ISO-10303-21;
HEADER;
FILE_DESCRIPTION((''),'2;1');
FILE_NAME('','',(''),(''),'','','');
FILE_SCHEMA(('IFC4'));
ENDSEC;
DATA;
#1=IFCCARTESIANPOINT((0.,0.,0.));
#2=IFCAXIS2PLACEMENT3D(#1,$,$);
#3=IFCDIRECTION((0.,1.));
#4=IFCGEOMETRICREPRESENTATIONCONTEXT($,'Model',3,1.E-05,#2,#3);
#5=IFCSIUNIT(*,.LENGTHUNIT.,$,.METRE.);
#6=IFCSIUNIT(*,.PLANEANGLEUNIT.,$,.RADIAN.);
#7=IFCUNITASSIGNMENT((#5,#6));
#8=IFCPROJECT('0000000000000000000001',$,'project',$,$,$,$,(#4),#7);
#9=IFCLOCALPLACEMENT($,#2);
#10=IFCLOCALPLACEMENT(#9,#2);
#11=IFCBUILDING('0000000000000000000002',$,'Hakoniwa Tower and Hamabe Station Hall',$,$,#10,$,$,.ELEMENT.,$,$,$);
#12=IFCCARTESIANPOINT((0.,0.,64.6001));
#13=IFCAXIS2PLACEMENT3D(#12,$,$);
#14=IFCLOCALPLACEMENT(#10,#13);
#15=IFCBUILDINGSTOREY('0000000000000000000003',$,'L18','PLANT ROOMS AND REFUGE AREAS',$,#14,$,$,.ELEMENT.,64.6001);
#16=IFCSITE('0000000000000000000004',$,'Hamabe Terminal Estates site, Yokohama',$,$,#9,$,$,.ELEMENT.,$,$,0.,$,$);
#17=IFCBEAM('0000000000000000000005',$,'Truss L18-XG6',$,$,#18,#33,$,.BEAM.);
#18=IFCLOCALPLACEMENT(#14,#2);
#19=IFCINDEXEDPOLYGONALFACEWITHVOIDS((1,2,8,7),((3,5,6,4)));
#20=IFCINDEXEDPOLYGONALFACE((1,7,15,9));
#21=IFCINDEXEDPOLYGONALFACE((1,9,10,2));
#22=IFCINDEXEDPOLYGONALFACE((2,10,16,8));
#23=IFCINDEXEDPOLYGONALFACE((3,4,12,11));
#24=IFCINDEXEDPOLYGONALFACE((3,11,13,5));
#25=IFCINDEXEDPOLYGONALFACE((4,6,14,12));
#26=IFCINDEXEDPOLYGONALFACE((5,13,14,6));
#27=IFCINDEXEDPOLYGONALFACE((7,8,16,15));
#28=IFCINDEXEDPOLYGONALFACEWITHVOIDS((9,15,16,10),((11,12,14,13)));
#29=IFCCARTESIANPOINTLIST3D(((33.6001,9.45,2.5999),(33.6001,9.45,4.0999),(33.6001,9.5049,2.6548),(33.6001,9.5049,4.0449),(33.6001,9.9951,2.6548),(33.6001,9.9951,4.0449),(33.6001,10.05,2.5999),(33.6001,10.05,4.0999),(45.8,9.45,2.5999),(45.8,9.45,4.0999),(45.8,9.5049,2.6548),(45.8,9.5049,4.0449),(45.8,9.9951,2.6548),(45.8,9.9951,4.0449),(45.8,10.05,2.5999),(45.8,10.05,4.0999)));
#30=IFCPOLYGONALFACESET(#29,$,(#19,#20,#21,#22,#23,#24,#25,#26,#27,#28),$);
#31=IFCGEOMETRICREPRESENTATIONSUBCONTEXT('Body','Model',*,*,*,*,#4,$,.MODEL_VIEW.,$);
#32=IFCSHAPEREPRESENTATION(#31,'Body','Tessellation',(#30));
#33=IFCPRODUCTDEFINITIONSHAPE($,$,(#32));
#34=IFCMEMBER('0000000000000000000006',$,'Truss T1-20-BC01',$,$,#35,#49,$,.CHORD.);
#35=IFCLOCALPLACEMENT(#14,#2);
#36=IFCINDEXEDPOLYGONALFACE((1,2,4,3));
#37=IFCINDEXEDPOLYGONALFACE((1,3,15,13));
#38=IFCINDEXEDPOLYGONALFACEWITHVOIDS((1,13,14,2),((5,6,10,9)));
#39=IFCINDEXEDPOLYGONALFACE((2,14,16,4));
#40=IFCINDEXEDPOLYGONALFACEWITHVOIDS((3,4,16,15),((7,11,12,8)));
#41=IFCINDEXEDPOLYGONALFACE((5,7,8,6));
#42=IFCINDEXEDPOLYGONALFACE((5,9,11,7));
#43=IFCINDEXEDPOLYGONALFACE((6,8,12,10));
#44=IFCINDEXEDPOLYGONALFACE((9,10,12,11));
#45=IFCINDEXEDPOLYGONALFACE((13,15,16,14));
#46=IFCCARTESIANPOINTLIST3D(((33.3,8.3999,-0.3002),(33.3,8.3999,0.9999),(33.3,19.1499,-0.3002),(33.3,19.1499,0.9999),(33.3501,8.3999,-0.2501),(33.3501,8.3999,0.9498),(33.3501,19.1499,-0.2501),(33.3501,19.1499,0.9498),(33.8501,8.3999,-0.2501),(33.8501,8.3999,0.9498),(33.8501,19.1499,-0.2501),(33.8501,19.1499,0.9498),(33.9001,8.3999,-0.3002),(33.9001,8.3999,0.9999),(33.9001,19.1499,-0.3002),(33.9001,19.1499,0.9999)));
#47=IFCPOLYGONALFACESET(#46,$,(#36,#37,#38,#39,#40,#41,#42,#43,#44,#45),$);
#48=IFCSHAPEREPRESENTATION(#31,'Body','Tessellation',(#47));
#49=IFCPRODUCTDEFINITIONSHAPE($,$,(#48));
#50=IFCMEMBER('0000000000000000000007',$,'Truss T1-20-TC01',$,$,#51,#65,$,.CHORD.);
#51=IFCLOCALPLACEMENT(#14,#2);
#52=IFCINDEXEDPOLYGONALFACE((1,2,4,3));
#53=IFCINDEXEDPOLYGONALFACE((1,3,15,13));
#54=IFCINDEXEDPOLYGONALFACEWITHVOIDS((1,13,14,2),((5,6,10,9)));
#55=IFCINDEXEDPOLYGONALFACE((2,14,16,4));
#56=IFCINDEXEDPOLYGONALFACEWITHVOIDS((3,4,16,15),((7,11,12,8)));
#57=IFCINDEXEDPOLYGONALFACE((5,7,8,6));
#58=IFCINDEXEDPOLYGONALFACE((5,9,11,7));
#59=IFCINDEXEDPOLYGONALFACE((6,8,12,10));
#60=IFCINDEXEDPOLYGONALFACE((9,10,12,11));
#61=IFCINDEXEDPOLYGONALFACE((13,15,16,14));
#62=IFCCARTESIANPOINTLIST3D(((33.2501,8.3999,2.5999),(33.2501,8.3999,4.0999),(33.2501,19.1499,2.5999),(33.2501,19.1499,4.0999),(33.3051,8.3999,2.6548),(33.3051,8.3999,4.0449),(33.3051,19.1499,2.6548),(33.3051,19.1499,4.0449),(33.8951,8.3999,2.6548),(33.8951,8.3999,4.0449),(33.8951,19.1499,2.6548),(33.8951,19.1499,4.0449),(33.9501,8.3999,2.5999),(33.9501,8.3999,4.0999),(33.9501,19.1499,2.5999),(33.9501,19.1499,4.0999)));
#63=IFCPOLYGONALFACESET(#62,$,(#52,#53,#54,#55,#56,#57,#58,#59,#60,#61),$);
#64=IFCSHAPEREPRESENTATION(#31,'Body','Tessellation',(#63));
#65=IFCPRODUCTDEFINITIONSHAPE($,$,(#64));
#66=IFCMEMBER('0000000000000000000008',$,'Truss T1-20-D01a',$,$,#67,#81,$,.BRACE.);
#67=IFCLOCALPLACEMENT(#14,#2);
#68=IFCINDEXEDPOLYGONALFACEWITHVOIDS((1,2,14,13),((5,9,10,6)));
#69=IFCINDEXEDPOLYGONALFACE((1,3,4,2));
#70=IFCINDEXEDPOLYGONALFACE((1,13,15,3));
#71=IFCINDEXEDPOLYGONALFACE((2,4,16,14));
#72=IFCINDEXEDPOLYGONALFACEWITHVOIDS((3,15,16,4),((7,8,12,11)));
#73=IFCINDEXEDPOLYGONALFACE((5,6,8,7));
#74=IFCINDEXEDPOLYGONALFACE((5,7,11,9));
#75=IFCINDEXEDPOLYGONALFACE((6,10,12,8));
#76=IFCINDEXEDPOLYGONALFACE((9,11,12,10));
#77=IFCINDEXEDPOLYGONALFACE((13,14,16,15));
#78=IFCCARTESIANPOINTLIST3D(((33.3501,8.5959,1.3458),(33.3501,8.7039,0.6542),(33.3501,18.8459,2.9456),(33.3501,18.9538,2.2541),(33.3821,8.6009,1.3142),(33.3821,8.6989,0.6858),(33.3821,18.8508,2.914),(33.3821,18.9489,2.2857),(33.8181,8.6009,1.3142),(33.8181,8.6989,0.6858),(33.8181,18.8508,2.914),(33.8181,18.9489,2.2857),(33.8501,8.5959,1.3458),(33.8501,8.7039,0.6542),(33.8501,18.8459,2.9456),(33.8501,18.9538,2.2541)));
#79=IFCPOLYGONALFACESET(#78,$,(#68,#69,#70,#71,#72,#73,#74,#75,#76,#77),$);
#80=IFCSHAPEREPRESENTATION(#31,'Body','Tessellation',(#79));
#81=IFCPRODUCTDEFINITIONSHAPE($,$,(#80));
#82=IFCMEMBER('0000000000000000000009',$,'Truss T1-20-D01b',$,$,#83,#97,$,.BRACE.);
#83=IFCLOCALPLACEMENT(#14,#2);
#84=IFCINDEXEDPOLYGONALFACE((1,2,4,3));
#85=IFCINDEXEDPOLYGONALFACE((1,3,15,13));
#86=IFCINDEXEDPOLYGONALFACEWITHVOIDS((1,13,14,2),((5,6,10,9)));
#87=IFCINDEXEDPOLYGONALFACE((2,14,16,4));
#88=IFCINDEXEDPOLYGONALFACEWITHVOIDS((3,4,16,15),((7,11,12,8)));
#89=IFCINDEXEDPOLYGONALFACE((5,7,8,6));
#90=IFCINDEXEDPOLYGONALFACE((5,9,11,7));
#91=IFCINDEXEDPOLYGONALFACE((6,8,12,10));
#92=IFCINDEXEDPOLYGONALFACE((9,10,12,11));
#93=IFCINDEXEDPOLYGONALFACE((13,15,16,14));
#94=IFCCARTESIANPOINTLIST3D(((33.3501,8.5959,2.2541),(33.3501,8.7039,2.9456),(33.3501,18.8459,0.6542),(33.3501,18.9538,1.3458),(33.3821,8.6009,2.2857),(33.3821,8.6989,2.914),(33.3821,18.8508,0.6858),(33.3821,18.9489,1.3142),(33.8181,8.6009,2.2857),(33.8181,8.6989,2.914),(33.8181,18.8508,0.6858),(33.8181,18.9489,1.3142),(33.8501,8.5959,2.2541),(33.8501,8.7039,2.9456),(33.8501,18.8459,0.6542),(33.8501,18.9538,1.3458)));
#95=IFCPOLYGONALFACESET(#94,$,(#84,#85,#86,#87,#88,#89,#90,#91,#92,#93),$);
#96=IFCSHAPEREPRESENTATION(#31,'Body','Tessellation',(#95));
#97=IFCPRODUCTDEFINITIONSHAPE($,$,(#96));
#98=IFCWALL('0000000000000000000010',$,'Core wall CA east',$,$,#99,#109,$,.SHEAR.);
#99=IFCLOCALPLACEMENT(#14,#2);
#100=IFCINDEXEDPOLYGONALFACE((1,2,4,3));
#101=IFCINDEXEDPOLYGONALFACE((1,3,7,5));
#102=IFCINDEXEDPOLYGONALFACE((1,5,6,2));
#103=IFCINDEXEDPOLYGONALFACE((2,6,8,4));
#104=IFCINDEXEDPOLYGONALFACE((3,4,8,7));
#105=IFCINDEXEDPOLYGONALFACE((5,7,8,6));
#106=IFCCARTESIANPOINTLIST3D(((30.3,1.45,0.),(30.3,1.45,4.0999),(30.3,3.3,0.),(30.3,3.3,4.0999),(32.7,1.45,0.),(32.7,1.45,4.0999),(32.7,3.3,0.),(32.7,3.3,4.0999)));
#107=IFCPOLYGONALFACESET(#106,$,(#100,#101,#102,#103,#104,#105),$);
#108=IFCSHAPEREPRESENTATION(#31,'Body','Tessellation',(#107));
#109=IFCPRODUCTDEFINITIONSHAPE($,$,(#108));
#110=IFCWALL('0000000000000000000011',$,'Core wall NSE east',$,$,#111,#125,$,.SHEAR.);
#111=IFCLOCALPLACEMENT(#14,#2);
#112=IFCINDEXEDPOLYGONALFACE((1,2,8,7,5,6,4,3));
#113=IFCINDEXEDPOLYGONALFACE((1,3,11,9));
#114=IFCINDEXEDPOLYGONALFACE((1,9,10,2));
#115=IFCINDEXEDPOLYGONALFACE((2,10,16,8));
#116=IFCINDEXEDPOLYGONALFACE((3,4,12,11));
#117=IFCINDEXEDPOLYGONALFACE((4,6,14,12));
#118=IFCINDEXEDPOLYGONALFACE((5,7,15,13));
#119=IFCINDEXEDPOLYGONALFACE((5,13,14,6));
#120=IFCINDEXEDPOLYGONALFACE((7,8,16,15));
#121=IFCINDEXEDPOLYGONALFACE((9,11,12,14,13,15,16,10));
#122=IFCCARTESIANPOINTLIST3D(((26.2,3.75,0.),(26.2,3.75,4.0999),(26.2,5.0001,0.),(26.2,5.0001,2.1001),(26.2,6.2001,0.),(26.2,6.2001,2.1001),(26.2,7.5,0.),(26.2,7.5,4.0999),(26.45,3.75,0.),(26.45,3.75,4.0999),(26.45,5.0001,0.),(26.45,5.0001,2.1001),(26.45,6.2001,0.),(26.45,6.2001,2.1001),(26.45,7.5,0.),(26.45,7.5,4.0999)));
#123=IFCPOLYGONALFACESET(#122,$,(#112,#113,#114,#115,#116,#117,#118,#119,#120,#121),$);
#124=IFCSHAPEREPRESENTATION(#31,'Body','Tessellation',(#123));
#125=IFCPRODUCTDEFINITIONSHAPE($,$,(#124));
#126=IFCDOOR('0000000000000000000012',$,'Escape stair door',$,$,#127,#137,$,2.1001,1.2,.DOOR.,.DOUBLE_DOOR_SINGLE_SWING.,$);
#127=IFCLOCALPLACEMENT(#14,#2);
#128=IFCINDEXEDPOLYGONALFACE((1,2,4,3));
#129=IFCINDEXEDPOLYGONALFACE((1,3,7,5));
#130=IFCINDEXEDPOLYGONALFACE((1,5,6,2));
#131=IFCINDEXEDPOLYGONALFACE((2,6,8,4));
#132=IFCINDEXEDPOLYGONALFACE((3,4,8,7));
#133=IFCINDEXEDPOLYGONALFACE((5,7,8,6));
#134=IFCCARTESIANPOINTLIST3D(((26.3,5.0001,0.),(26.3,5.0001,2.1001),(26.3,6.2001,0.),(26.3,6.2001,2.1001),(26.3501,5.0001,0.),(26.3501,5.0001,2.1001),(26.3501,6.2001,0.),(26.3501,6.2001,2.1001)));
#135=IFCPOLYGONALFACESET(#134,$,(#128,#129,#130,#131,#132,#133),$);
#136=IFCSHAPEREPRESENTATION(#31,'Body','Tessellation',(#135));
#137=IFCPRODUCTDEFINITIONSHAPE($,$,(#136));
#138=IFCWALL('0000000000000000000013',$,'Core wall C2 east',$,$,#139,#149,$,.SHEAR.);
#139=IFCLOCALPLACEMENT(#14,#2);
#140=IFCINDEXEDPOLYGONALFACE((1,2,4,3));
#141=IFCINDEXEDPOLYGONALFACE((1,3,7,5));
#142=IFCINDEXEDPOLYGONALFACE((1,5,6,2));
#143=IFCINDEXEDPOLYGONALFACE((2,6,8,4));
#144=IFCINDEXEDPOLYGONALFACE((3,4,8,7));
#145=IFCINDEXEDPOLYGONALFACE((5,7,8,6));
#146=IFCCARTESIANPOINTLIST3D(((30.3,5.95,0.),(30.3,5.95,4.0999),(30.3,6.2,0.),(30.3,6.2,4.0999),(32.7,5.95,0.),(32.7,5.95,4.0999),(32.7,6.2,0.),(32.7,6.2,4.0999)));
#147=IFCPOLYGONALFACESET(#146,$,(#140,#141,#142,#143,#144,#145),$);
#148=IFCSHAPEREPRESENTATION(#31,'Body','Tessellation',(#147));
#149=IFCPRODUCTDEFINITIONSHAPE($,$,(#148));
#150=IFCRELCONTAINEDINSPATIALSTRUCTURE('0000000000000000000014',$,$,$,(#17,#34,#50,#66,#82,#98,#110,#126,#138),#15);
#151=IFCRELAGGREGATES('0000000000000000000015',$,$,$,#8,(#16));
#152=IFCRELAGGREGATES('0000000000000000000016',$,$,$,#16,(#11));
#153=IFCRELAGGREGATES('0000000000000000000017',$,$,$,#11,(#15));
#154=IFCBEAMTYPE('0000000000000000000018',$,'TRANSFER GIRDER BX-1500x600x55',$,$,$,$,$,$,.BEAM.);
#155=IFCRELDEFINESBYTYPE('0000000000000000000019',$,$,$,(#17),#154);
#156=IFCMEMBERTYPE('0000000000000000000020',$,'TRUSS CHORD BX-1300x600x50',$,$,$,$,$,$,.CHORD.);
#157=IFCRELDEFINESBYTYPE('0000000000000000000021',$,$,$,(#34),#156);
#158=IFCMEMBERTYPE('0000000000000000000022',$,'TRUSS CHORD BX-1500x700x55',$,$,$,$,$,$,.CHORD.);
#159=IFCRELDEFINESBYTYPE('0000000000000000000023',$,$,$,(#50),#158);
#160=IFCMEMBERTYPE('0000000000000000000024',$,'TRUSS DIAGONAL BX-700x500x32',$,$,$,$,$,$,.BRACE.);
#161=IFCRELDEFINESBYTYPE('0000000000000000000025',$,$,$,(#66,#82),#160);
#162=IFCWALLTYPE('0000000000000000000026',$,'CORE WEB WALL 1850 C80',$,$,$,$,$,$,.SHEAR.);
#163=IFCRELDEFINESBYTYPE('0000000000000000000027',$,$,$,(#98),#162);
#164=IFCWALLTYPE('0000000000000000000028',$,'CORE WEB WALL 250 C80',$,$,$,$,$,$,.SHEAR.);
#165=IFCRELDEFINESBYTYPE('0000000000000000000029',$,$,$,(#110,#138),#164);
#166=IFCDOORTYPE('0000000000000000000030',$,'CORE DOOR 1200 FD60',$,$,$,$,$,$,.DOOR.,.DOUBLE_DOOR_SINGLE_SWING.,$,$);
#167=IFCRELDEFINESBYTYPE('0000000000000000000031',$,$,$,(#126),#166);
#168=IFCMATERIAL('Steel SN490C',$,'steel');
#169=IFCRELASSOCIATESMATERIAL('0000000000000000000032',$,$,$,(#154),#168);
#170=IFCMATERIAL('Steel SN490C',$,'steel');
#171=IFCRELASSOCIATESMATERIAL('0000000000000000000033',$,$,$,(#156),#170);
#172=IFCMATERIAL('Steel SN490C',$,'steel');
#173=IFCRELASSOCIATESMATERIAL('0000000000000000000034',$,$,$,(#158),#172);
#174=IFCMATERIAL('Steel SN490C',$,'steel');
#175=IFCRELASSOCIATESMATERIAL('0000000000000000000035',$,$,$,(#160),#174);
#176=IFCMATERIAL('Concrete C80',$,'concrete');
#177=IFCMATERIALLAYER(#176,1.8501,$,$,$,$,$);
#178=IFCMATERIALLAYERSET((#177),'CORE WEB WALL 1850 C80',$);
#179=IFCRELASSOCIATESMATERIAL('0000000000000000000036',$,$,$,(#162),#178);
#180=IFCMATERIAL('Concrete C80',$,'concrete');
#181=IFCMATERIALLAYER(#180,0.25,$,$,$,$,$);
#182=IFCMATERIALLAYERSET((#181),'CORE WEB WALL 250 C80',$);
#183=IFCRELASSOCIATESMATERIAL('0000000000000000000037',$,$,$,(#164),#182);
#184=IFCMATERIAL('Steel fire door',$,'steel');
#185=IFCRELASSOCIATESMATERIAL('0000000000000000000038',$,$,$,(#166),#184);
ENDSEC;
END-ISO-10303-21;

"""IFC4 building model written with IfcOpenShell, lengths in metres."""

from ifc_helpers import new_model, si_unit, direction, frame, frame_2d, origin, origin_2d, place, context, subcontext, project, spatial, rectangle, hollow_rectangle, extrude, material, layer, layer_set, material_profile, profile_set, type_object, element, fill, save


model = new_model("IFC4")

# Units and contexts
model_context = context("Model", 3, precision=1e-05, world=origin(), true_north=direction((0.0, 1.0)))
body_context = subcontext(model_context, "Body", "Model", "MODEL_VIEW")
ifc_project = project(units=[si_unit("LENGTHUNIT", "METRE"), si_unit("PLANEANGLEUNIT", "RADIAN")], contexts=[model_context])

# Site, building, storey
site_placement = place(None, origin())
site = spatial("IfcSite", under=ifc_project, at=site_placement, Name="Hamabe Terminal Estates site, Yokohama", CompositionType="ELEMENT", RefElevation=0.0)
building_placement = place(site_placement, origin())
building = spatial("IfcBuilding", under=site, at=building_placement, Name="Hakoniwa Tower and Hamabe Station Hall", CompositionType="ELEMENT")
storey_placement = place(building_placement, frame((0.0, 0.0, 64.6001)))
storey = spatial("IfcBuildingStorey", under=building, at=storey_placement, Name="L18", Description="PLANT ROOMS AND REFUGE AREAS", CompositionType="ELEMENT", Elevation=64.6001)

# Beam
ifc_material_1 = material(Name="Steel SN490C", Category="steel")
ifc_material_profile_1 = material_profile(ifc_material_1, hollow_rectangle(XDim=0.6001, YDim=1.5, WallThickness=0.0549, at=origin_2d()), Name="BX-1500x600x55")
ifc_profile_set_1 = profile_set([ifc_material_profile_1], Name="Steel SN490C")
beam_type = type_object("IfcBeamType", Name="TRANSFER GIRDER BX-1500x600x55", PredefinedType="BEAM", material=ifc_profile_set_1)
beam_placement = place(storey_placement, frame((33.6001, 9.75, 3.3499), z_axis=(1.0, 0.0, 0.0), x_axis=(0.0, 1.0, 0.0)))
element("IfcBeam", 1, at=beam_placement, inside=storey, type_object=beam_type, Name="Truss L18-XG6", PredefinedType="BEAM", context=body_context, shape_type="SweptSolid", body=[
    extrude(hollow_rectangle(XDim=0.6001, YDim=1.5, WallThickness=0.0549, at=origin_2d()), origin(), (0.0, 0.0, 1.0), 12.2),
])

# Members
ifc_material_2 = material(Name="Steel SN490C", Category="steel")
ifc_material_profile_2 = material_profile(ifc_material_2, hollow_rectangle(XDim=0.6001, YDim=1.3, WallThickness=0.05, at=origin_2d()), Name="BX-1300x600x50")
ifc_profile_set_2 = profile_set([ifc_material_profile_2], Name="Steel SN490C")
member_type_1 = type_object("IfcMemberType", Name="TRUSS CHORD BX-1300x600x50", PredefinedType="CHORD", material=ifc_profile_set_2)
member_1_placement = place(storey_placement, frame((33.6001, 8.3999, 0.3499), z_axis=(0.0, 1.0, 0.0), x_axis=(-1.0, 0.0, 0.0)))
element("IfcMember", 2, at=member_1_placement, inside=storey, type_object=member_type_1, Name="Truss T1-20-BC01", PredefinedType="CHORD", context=body_context, shape_type="SweptSolid", body=[
    extrude(hollow_rectangle(XDim=0.6001, YDim=1.3, WallThickness=0.05, at=origin_2d()), origin(), (0.0, 0.0, 1.0), 10.75),
])
ifc_material_3 = material(Name="Steel SN490C", Category="steel")
ifc_material_profile_3 = material_profile(ifc_material_3, hollow_rectangle(XDim=0.7, YDim=1.5, WallThickness=0.0549, at=origin_2d()), Name="BX-1500x700x55")
ifc_profile_set_3 = profile_set([ifc_material_profile_3], Name="Steel SN490C")
member_type_2 = type_object("IfcMemberType", Name="TRUSS CHORD BX-1500x700x55", PredefinedType="CHORD", material=ifc_profile_set_3)
member_2_placement = place(storey_placement, frame((33.6001, 8.3999, 3.3499), z_axis=(0.0, 1.0, 0.0), x_axis=(-1.0, 0.0, 0.0)))
element("IfcMember", 3, at=member_2_placement, inside=storey, type_object=member_type_2, Name="Truss T1-20-TC01", PredefinedType="CHORD", context=body_context, shape_type="SweptSolid", body=[
    extrude(hollow_rectangle(XDim=0.7, YDim=1.5, WallThickness=0.0549, at=origin_2d()), origin(), (0.0, 0.0, 1.0), 10.75),
])
ifc_material_4 = material(Name="Steel SN490C", Category="steel")
ifc_material_profile_4 = material_profile(ifc_material_4, hollow_rectangle(XDim=0.5, YDim=0.7, WallThickness=0.032, at=origin_2d()), Name="BX-700x500x32")
ifc_profile_set_4 = profile_set([ifc_material_profile_4], Name="Steel SN490C")
member_type_3 = type_object("IfcMemberType", Name="TRUSS DIAGONAL BX-700x500x32", PredefinedType="BRACE", material=ifc_profile_set_4)
for number, where, z_axis, x_axis, name in (
    (4, (33.6001, 8.6499, 1.0), (0.0, 0.988037, 0.154216), (-1.0, 0.0, 0.0), "Truss T1-20-D01a"),
    (5, (33.6001, 8.6499, 2.5999), (0.0, 0.988037, -0.154216), (-1.0, 0.0, 0.0), "Truss T1-20-D01b"),
):
    element("IfcMember", number, at=place(storey_placement, frame(where, z_axis=z_axis, x_axis=x_axis)), inside=storey, type_object=member_type_3, Name=name, PredefinedType="BRACE", context=body_context, shape_type="SweptSolid", body=[
        extrude(hollow_rectangle(XDim=0.5, YDim=0.7, WallThickness=0.032, at=origin_2d()), origin(), (0.0, 0.0, 1.0), 10.374),
    ])

# Wall
ifc_material_5 = material(Name="Concrete C80", Category="concrete")
ifc_layer_1 = layer(ifc_material_5, 1.8501)
ifc_layer_set_1 = layer_set([ifc_layer_1], Name="CORE WEB WALL 1850 C80")
wall_type_1 = type_object("IfcWallType", Name="CORE WEB WALL 1850 C80", PredefinedType="SHEAR", material=ifc_layer_set_1)
wall_1_placement = place(storey_placement, frame((30.3, 2.375, 0.0), z_axis=(0.0, 0.0, 1.0), x_axis=(1.0, 0.0, 0.0)))
element("IfcWall", 6, at=wall_1_placement, inside=storey, type_object=wall_type_1, Name="Core wall CA east", PredefinedType="SHEAR", context=body_context, shape_type="SweptSolid", body=[
    extrude(rectangle(XDim=2.3999, YDim=1.8501, at=frame_2d((1.2, 0.0))), origin(), (0.0, 0.0, 1.0), 4.0999),
])

# Wall, opening, door
ifc_material_6 = material(Name="Concrete C80", Category="concrete")
ifc_layer_2 = layer(ifc_material_6, 0.25)
ifc_layer_set_2 = layer_set([ifc_layer_2], Name="CORE WEB WALL 250 C80")
wall_type_2 = type_object("IfcWallType", Name="CORE WEB WALL 250 C80", PredefinedType="SHEAR", material=ifc_layer_set_2)
wall_2_placement = place(storey_placement, frame((26.325, 3.75, 0.0), z_axis=(0.0, 0.0, 1.0), x_axis=(0.0, 1.0, 0.0)))
wall_2 = element("IfcWall", 7, at=wall_2_placement, inside=storey, type_object=wall_type_2, Name="Core wall NSE east", PredefinedType="SHEAR", context=body_context, shape_type="SweptSolid", body=[
    extrude(rectangle(XDim=3.75, YDim=0.25, at=frame_2d((1.875, 0.0))), origin(), (0.0, 0.0, 1.0), 4.0999),
])
opening_1_placement = place(wall_2_placement, frame((1.25, 0.0, 0.0)))
opening_1 = element("IfcOpeningElement", 8, at=opening_1_placement, cuts=wall_2, PredefinedType="OPENING", context=body_context, shape_type="SweptSolid", body=[
    extrude(rectangle(XDim=1.2, YDim=2.1001, at=frame_2d((0.6001, 1.05))), frame((0.0, 0.135, 0.0), z_axis=(0.0, -1.0, 0.0), x_axis=(1.0, 0.0, 0.0)), (0.0, 0.0, 1.0), 0.27),
])
ifc_material_7 = material(Name="Steel fire door", Category="steel")
door_type_1 = type_object("IfcDoorType", Name="CORE DOOR 1200 FD60", OperationType="DOUBLE_DOOR_SINGLE_SWING", PredefinedType="DOOR", material=ifc_material_7)
door_1_placement = place(opening_1_placement, origin())
door_1 = element("IfcDoor", 9, at=door_1_placement, inside=storey, type_object=door_type_1, Name="Escape stair door", OperationType="DOUBLE_DOOR_SINGLE_SWING", OverallHeight=2.1001, OverallWidth=1.2, PredefinedType="DOOR", context=body_context, shape_type="SweptSolid", body=[
    extrude(rectangle(XDim=1.2, YDim=2.1001, at=frame_2d((0.6001, 1.05))), frame((0.0, 0.0249, 0.0), z_axis=(0.0, -1.0, 0.0), x_axis=(1.0, 0.0, 0.0)), (0.0, 0.0, 1.0), 0.05),
])
fill(opening_1, door_1)

# Wall
wall_3_placement = place(storey_placement, frame((30.3, 6.075, 0.0), z_axis=(0.0, 0.0, 1.0), x_axis=(1.0, 0.0, 0.0)))
element("IfcWall", 10, at=wall_3_placement, inside=storey, type_object=wall_type_2, Name="Core wall C2 east", PredefinedType="SHEAR", context=body_context, shape_type="SweptSolid", body=[
    extrude(rectangle(XDim=2.3999, YDim=0.25, at=frame_2d((1.2, 0.0))), origin(), (0.0, 0.0, 1.0), 4.0999),
])

save(model, "model.ifc")
